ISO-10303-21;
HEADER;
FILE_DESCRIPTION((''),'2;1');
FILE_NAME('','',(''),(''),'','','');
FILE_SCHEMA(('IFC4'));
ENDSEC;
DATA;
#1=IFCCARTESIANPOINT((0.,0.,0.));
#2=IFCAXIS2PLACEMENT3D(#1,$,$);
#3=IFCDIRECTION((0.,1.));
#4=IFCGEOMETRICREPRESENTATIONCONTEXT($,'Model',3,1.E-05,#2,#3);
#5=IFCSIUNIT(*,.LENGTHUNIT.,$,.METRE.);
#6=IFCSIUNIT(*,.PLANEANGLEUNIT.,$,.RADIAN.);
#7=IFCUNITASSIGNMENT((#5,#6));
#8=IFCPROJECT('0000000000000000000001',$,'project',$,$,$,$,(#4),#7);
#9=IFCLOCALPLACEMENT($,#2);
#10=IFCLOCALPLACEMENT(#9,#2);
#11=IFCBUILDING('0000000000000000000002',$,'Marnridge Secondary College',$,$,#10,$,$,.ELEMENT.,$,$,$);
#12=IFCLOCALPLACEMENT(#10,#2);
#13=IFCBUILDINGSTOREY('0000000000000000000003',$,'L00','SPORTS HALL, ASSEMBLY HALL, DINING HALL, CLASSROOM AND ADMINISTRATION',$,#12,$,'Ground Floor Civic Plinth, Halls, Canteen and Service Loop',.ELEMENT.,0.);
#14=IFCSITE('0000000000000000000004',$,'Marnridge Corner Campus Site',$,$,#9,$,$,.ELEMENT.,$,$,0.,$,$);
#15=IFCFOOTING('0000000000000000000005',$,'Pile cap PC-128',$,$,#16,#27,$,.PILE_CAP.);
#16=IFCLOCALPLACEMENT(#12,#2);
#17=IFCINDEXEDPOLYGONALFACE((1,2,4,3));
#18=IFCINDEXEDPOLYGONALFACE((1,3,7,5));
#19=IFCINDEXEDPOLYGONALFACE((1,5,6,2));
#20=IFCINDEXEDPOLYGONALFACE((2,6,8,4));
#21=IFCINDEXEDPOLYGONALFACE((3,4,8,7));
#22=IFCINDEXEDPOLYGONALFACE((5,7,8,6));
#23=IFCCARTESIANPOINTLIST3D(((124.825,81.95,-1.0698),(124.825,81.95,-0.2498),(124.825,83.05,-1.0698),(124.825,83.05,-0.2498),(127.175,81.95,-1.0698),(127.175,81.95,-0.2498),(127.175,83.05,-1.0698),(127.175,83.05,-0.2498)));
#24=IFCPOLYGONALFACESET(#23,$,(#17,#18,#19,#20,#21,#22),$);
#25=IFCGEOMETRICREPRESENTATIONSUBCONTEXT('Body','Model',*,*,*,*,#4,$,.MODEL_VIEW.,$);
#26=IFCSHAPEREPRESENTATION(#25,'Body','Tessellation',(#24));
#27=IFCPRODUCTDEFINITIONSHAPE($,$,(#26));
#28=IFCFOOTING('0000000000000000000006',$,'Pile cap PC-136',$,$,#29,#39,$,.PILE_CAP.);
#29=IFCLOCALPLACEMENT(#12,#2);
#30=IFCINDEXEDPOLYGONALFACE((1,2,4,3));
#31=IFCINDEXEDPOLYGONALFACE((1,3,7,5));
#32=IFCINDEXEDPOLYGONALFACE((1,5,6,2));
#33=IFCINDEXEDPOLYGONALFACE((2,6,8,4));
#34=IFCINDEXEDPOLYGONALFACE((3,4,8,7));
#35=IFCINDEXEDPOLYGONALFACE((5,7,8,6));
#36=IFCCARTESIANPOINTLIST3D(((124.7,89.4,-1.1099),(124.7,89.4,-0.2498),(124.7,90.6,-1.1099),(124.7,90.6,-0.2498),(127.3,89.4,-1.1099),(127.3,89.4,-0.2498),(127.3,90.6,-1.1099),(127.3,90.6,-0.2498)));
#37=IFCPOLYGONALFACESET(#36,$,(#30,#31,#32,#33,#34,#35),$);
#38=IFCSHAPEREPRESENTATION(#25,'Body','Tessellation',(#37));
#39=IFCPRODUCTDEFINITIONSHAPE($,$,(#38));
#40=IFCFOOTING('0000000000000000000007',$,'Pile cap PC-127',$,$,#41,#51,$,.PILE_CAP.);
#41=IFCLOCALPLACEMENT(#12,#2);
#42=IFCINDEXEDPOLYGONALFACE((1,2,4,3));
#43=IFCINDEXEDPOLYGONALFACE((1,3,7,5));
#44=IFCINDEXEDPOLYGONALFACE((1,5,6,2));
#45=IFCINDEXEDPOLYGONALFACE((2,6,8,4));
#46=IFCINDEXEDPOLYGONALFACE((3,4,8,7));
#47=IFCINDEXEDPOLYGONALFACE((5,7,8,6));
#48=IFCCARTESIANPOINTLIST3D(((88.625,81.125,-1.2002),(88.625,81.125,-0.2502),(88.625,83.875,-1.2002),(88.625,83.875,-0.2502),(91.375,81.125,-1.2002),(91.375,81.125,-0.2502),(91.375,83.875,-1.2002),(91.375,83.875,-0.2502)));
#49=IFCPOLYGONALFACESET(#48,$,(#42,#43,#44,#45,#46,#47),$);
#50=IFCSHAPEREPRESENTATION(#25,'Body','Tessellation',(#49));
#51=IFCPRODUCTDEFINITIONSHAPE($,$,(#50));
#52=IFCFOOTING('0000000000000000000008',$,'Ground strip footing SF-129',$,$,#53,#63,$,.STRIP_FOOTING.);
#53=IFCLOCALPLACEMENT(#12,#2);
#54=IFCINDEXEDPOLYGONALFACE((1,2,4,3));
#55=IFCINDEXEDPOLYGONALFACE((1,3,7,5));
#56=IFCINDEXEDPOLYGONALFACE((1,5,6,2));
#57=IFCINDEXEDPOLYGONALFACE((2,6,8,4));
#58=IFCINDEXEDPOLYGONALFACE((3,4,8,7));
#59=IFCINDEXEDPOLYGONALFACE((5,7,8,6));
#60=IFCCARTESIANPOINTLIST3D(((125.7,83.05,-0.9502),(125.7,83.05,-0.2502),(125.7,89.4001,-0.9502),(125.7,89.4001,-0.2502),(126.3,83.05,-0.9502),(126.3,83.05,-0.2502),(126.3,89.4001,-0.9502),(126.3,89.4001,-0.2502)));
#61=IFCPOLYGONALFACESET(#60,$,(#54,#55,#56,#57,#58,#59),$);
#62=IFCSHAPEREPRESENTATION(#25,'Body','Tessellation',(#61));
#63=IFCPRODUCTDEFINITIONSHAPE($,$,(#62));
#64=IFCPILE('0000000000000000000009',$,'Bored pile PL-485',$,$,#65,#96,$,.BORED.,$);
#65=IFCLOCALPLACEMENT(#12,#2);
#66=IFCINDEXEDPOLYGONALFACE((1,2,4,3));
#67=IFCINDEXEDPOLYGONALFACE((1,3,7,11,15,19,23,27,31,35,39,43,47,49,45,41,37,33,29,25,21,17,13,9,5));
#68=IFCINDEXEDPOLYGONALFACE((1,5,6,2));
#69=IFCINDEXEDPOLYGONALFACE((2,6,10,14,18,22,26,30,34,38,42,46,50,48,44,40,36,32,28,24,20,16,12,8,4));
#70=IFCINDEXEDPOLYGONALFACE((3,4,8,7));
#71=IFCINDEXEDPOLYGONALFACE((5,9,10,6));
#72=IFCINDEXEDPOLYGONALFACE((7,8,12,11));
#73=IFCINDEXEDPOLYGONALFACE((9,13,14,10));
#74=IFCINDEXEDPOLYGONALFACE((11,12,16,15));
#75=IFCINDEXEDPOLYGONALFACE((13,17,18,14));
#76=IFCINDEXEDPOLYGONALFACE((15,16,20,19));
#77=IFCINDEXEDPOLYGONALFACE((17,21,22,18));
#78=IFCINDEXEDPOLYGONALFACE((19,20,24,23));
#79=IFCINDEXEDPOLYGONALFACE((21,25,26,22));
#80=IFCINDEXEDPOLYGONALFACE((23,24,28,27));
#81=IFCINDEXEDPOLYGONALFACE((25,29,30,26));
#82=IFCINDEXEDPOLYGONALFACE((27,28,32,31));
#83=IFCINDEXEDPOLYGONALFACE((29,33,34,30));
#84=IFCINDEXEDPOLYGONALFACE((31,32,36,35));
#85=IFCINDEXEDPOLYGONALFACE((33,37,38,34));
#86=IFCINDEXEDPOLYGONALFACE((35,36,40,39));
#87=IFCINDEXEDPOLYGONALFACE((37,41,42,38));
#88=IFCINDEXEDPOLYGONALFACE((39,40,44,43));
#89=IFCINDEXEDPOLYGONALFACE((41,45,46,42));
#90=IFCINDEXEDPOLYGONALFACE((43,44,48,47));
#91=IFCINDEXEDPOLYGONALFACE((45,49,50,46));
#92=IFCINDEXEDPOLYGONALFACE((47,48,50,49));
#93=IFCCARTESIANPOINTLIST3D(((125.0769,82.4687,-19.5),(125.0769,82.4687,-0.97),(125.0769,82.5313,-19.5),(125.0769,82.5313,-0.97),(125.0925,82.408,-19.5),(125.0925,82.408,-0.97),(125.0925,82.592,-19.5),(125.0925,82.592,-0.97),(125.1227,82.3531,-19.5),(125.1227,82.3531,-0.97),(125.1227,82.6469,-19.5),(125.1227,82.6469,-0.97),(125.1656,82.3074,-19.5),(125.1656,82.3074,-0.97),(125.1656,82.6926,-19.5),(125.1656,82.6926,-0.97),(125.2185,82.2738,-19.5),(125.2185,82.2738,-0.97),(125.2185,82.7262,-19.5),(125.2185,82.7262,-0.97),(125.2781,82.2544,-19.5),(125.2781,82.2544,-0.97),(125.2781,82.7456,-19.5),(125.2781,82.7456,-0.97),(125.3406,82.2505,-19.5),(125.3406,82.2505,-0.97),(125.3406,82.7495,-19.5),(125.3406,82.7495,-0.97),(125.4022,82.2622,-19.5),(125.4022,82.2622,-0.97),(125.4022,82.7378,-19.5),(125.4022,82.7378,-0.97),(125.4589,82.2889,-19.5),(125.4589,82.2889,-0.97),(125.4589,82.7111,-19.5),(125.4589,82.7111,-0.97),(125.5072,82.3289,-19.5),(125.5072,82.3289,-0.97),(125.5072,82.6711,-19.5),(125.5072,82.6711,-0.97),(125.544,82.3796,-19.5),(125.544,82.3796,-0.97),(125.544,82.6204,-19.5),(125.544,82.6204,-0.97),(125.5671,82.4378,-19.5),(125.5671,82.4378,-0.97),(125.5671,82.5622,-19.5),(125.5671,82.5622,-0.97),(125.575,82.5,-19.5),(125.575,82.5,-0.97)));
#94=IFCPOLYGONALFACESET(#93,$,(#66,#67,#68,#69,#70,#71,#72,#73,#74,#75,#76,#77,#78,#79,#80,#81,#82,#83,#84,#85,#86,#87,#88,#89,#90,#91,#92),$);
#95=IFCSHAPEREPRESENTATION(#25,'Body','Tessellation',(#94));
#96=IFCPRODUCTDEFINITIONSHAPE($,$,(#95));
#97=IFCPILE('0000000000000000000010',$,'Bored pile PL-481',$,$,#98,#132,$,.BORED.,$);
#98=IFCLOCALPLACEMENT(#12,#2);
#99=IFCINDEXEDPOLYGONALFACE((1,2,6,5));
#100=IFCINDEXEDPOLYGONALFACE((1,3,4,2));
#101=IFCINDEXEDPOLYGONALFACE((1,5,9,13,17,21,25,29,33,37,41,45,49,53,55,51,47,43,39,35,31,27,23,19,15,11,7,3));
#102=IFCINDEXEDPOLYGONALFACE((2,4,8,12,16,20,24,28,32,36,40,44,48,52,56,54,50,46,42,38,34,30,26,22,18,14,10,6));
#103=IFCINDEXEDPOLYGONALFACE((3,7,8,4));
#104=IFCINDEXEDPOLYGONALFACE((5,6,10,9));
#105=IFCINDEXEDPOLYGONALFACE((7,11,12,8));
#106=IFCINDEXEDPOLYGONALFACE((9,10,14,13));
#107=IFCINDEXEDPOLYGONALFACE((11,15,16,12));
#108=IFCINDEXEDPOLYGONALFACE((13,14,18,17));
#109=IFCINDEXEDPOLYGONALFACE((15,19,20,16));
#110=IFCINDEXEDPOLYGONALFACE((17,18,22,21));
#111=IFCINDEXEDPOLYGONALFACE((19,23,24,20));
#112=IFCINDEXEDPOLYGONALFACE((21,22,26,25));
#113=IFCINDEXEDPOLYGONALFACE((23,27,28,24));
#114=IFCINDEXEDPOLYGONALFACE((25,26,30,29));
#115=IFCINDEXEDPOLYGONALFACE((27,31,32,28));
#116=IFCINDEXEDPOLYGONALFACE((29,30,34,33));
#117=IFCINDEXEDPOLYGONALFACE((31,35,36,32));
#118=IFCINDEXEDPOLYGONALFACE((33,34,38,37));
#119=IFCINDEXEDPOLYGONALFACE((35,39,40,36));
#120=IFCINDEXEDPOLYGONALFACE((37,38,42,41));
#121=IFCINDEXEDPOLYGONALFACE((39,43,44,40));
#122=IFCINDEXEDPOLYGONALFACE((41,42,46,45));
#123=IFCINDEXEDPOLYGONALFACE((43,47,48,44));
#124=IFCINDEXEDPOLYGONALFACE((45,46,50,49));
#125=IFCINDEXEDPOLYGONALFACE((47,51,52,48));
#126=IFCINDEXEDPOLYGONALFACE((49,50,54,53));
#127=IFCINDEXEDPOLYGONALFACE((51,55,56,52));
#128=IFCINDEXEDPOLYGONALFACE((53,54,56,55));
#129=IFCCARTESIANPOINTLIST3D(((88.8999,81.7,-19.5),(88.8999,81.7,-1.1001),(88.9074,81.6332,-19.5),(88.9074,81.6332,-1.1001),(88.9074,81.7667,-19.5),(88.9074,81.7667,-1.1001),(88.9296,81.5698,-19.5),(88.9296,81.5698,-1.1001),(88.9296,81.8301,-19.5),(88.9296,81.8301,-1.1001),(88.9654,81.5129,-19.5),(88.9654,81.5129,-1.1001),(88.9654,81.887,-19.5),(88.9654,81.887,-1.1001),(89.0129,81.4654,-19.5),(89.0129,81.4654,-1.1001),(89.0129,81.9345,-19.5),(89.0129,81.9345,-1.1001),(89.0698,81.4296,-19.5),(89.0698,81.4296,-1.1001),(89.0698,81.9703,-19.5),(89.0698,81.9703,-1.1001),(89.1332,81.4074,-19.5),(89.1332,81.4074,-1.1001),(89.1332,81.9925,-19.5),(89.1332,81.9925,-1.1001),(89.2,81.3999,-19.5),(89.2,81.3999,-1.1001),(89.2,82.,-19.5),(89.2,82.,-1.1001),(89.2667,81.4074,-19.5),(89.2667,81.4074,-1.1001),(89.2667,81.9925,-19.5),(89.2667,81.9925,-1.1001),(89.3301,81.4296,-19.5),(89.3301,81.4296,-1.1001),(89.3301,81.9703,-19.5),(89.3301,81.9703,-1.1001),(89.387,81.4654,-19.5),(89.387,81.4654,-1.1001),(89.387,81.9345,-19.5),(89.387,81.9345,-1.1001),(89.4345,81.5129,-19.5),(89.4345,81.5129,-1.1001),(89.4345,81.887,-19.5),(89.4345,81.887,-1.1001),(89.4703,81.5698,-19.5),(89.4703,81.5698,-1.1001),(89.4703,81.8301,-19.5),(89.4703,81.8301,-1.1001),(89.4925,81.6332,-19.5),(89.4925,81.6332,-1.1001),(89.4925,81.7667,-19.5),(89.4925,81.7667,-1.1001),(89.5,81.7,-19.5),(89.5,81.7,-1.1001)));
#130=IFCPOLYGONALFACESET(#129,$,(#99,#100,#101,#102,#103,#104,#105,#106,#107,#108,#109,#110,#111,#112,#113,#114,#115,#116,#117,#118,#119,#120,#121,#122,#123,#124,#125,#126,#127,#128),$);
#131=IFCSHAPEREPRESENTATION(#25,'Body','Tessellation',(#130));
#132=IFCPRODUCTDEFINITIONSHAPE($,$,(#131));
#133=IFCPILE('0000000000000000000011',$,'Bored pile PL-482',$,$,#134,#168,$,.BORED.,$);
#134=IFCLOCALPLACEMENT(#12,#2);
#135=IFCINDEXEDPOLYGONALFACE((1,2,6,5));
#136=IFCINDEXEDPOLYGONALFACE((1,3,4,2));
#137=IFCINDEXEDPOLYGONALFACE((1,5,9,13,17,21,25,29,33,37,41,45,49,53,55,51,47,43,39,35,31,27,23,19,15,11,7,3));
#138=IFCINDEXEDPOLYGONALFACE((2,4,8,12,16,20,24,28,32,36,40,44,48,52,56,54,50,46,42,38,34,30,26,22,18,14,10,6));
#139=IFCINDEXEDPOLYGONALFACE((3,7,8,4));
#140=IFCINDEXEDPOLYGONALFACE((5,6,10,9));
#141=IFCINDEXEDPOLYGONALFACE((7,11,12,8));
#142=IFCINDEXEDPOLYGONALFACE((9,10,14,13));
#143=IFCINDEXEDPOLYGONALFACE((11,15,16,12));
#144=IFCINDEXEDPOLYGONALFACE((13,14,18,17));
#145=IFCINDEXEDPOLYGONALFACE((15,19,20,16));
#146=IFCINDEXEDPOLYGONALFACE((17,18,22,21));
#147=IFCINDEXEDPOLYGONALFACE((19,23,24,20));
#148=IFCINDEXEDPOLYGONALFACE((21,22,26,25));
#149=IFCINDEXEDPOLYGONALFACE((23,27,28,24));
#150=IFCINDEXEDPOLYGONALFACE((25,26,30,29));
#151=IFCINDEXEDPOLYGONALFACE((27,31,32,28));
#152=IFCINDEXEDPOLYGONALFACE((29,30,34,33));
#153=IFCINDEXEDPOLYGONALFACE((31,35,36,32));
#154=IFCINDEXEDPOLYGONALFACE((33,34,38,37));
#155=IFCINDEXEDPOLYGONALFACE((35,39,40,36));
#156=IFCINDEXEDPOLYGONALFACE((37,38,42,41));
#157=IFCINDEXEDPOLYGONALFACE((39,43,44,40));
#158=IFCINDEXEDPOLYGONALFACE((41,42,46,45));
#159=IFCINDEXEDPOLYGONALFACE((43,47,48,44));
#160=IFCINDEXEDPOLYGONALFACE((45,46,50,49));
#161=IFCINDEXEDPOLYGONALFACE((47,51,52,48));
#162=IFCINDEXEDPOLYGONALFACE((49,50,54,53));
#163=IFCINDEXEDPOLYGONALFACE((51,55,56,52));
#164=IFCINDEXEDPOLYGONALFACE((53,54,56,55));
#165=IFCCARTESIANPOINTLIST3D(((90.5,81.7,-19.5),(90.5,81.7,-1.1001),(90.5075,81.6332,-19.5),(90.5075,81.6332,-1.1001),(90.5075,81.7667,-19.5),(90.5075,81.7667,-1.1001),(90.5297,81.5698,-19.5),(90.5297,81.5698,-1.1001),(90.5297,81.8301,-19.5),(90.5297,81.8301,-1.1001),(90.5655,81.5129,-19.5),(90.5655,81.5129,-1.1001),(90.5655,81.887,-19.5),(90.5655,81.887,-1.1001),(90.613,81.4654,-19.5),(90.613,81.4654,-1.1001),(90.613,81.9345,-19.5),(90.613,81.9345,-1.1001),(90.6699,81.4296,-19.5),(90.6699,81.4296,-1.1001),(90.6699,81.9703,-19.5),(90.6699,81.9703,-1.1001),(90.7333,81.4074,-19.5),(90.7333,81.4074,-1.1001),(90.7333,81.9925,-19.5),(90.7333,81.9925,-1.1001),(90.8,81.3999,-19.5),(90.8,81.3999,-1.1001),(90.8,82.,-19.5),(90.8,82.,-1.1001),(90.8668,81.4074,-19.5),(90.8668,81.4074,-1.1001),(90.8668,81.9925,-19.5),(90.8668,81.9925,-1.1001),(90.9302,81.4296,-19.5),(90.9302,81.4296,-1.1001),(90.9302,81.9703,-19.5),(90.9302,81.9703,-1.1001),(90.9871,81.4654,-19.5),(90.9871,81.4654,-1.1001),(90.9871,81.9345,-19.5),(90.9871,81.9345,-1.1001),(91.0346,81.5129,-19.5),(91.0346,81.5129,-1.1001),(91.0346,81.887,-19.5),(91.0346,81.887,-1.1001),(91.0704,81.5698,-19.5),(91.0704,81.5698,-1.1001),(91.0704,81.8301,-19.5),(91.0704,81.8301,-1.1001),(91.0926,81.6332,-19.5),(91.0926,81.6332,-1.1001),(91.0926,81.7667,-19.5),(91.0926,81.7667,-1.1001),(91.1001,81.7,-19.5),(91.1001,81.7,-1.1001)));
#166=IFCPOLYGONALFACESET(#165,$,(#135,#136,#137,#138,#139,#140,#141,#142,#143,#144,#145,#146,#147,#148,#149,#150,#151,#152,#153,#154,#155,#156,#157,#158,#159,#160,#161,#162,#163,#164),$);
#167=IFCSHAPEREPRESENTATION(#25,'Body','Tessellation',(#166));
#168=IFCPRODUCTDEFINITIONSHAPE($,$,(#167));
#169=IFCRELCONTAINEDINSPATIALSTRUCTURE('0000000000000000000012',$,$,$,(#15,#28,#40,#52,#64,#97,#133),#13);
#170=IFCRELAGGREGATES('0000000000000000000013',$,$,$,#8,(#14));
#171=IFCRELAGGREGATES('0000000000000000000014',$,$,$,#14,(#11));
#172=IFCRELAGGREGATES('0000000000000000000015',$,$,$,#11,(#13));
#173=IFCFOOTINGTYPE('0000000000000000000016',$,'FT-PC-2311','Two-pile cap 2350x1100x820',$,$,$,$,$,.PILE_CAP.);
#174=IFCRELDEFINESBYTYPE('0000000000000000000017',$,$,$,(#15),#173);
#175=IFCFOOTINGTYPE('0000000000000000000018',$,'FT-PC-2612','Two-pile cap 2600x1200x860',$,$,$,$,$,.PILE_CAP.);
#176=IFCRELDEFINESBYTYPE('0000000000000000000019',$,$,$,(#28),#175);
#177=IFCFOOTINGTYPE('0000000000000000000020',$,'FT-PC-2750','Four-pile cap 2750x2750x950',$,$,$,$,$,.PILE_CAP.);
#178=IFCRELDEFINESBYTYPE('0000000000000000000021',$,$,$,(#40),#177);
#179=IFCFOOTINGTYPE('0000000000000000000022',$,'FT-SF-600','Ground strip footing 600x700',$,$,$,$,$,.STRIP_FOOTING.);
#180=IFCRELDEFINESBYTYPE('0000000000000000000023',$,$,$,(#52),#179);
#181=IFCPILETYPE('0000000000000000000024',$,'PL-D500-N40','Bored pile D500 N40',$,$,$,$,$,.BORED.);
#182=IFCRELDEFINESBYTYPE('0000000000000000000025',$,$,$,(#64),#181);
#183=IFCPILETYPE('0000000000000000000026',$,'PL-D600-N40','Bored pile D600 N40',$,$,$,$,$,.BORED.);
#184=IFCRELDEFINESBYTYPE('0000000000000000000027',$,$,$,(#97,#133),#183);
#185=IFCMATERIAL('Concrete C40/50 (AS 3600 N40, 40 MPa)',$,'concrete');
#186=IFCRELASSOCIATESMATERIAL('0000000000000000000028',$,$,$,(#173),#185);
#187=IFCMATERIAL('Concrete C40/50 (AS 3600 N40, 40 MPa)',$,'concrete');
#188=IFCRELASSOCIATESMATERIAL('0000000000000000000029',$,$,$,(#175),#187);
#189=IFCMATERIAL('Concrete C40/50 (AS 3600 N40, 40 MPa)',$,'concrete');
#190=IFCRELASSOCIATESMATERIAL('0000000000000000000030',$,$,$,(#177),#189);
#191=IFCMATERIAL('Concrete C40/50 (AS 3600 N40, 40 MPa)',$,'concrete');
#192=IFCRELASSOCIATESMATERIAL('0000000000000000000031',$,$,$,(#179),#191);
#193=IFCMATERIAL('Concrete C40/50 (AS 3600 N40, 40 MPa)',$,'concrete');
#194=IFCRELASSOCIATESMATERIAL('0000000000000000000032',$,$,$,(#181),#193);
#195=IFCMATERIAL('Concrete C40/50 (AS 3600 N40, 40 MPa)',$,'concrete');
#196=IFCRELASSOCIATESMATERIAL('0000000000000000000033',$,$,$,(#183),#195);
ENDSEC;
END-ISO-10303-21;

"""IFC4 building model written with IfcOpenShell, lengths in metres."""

from ifc_helpers import new_model, si_unit, direction, frame, origin, origin_2d, place, context, subcontext, project, spatial, rectangle, circle, extrude, material, material_profile, profile_set, type_object, element, save


model = new_model("IFC4")

# Units and contexts
model_context = context("Model", 3, precision=1e-05, world=origin(), true_north=direction((0.0, 1.0)))
body_context = subcontext(model_context, "Body", "Model", "MODEL_VIEW")
ifc_project = project(units=[si_unit("LENGTHUNIT", "METRE"), si_unit("PLANEANGLEUNIT", "RADIAN")], contexts=[model_context])

# Site, building, storey
site_placement = place(None, origin())
site = spatial("IfcSite", under=ifc_project, at=site_placement, Name="Marnridge Corner Campus Site", CompositionType="ELEMENT", RefElevation=0.0)
building_placement = place(site_placement, origin())
building = spatial("IfcBuilding", under=site, at=building_placement, Name="Marnridge Secondary College", CompositionType="ELEMENT")
storey_placement = place(building_placement, origin())
storey = spatial("IfcBuildingStorey", under=building, at=storey_placement, Name="L00", Description="SPORTS HALL, ASSEMBLY HALL, DINING HALL, CLASSROOM AND ADMINISTRATION", LongName="Ground Floor Civic Plinth, Halls, Canteen and Service Loop", CompositionType="ELEMENT", Elevation=0.0)

# Footings
ifc_material_1 = material(Name="Concrete C40/50 (AS 3600 N40, 40 MPa)", Category="concrete")
footing_type_1 = type_object("IfcFootingType", Name="FT-PC-2311", Description="Two-pile cap 2350x1100x820", PredefinedType="PILE_CAP", material=ifc_material_1)
footing_1_placement = place(storey_placement, frame((126.0, 82.5, -1.0698), z_axis=(0.0, 0.0, 1.0), x_axis=(1.0, 0.0, 0.0)))
element("IfcFooting", 1, at=footing_1_placement, inside=storey, type_object=footing_type_1, Name="Pile cap PC-128", PredefinedType="PILE_CAP", context=body_context, shape_type="SweptSolid", body=[
    extrude(rectangle(XDim=2.3501, YDim=1.1001, at=origin_2d()), origin(), (0.0, 0.0, 1.0), 0.8201),
])
ifc_material_2 = material(Name="Concrete C40/50 (AS 3600 N40, 40 MPa)", Category="concrete")
footing_type_2 = type_object("IfcFootingType", Name="FT-PC-2612", Description="Two-pile cap 2600x1200x860", PredefinedType="PILE_CAP", material=ifc_material_2)
footing_2_placement = place(storey_placement, frame((126.0, 90.0, -1.1099), z_axis=(0.0, 0.0, 1.0), x_axis=(1.0, 0.0, 0.0)))
element("IfcFooting", 2, at=footing_2_placement, inside=storey, type_object=footing_type_2, Name="Pile cap PC-136", PredefinedType="PILE_CAP", context=body_context, shape_type="SweptSolid", body=[
    extrude(rectangle(XDim=2.6001, YDim=1.2, at=origin_2d()), origin(), (0.0, 0.0, 1.0), 0.8601),
])
ifc_material_3 = material(Name="Concrete C40/50 (AS 3600 N40, 40 MPa)", Category="concrete")
footing_type_3 = type_object("IfcFootingType", Name="FT-PC-2750", Description="Four-pile cap 2750x2750x950", PredefinedType="PILE_CAP", material=ifc_material_3)
footing_3_placement = place(storey_placement, frame((90.0, 82.5, -1.2002), z_axis=(0.0, 0.0, 1.0), x_axis=(1.0, 0.0, 0.0)))
element("IfcFooting", 3, at=footing_3_placement, inside=storey, type_object=footing_type_3, Name="Pile cap PC-127", PredefinedType="PILE_CAP", context=body_context, shape_type="SweptSolid", body=[
    extrude(rectangle(XDim=2.75, YDim=2.75, at=origin_2d()), origin(), (0.0, 0.0, 1.0), 0.95),
])
ifc_material_4 = material(Name="Concrete C40/50 (AS 3600 N40, 40 MPa)", Category="concrete")
footing_type_4 = type_object("IfcFootingType", Name="FT-SF-600", Description="Ground strip footing 600x700", PredefinedType="STRIP_FOOTING", material=ifc_material_4)
footing_4_placement = place(storey_placement, frame((126.0, 86.2251, -0.9502), z_axis=(0.0, 0.0, 1.0), x_axis=(1.0, 0.0, 0.0)))
element("IfcFooting", 4, at=footing_4_placement, inside=storey, type_object=footing_type_4, Name="Ground strip footing SF-129", PredefinedType="STRIP_FOOTING", context=body_context, shape_type="SweptSolid", body=[
    extrude(rectangle(XDim=0.6001, YDim=6.3501, at=origin_2d()), origin(), (0.0, 0.0, 1.0), 0.7),
])

# Piles
ifc_material_5 = material(Name="Concrete C40/50 (AS 3600 N40, 40 MPa)", Category="concrete")
ifc_material_profile_1 = material_profile(ifc_material_5, circle(Radius=0.25, at=origin_2d()), Name="PILE D500")
ifc_profile_set_1 = profile_set([ifc_material_profile_1], Name="Concrete C40/50 (AS 3600 N40, 40 MPa)")
pile_type_1 = type_object("IfcPileType", Name="PL-D500-N40", Description="Bored pile D500 N40", PredefinedType="BORED", material=ifc_profile_set_1)
pile_1_placement = place(storey_placement, frame((125.325, 82.5, -0.97), z_axis=(0.0, 0.0, -1.0), x_axis=(1.0, 0.0, 0.0)))
element("IfcPile", 5, at=pile_1_placement, inside=storey, type_object=pile_type_1, Name="Bored pile PL-485", PredefinedType="BORED", context=body_context, shape_type="SweptSolid", body=[
    extrude(circle(Radius=0.25, at=origin_2d()), origin(), (0.0, 0.0, 1.0), 18.53),
])
ifc_material_6 = material(Name="Concrete C40/50 (AS 3600 N40, 40 MPa)", Category="concrete")
ifc_material_profile_2 = material_profile(ifc_material_6, circle(Radius=0.3, at=origin_2d()), Name="PILE D600")
ifc_profile_set_2 = profile_set([ifc_material_profile_2], Name="Concrete C40/50 (AS 3600 N40, 40 MPa)")
pile_type_2 = type_object("IfcPileType", Name="PL-D600-N40", Description="Bored pile D600 N40", PredefinedType="BORED", material=ifc_profile_set_2)
for number, where, z_axis, x_axis, name in (
    (6, (89.2, 81.7, -1.1001), (0.0, 0.0, -1.0), (1.0, 0.0, 0.0), "Bored pile PL-481"),
    (7, (90.8, 81.7, -1.1001), (0.0, 0.0, -1.0), (1.0, 0.0, 0.0), "Bored pile PL-482"),
):
    element("IfcPile", number, at=place(storey_placement, frame(where, z_axis=z_axis, x_axis=x_axis)), inside=storey, type_object=pile_type_2, Name=name, PredefinedType="BORED", context=body_context, shape_type="SweptSolid", body=[
        extrude(circle(Radius=0.3, at=origin_2d()), origin(), (0.0, 0.0, 1.0), 18.3999),
    ])

save(model, "model.ifc")
